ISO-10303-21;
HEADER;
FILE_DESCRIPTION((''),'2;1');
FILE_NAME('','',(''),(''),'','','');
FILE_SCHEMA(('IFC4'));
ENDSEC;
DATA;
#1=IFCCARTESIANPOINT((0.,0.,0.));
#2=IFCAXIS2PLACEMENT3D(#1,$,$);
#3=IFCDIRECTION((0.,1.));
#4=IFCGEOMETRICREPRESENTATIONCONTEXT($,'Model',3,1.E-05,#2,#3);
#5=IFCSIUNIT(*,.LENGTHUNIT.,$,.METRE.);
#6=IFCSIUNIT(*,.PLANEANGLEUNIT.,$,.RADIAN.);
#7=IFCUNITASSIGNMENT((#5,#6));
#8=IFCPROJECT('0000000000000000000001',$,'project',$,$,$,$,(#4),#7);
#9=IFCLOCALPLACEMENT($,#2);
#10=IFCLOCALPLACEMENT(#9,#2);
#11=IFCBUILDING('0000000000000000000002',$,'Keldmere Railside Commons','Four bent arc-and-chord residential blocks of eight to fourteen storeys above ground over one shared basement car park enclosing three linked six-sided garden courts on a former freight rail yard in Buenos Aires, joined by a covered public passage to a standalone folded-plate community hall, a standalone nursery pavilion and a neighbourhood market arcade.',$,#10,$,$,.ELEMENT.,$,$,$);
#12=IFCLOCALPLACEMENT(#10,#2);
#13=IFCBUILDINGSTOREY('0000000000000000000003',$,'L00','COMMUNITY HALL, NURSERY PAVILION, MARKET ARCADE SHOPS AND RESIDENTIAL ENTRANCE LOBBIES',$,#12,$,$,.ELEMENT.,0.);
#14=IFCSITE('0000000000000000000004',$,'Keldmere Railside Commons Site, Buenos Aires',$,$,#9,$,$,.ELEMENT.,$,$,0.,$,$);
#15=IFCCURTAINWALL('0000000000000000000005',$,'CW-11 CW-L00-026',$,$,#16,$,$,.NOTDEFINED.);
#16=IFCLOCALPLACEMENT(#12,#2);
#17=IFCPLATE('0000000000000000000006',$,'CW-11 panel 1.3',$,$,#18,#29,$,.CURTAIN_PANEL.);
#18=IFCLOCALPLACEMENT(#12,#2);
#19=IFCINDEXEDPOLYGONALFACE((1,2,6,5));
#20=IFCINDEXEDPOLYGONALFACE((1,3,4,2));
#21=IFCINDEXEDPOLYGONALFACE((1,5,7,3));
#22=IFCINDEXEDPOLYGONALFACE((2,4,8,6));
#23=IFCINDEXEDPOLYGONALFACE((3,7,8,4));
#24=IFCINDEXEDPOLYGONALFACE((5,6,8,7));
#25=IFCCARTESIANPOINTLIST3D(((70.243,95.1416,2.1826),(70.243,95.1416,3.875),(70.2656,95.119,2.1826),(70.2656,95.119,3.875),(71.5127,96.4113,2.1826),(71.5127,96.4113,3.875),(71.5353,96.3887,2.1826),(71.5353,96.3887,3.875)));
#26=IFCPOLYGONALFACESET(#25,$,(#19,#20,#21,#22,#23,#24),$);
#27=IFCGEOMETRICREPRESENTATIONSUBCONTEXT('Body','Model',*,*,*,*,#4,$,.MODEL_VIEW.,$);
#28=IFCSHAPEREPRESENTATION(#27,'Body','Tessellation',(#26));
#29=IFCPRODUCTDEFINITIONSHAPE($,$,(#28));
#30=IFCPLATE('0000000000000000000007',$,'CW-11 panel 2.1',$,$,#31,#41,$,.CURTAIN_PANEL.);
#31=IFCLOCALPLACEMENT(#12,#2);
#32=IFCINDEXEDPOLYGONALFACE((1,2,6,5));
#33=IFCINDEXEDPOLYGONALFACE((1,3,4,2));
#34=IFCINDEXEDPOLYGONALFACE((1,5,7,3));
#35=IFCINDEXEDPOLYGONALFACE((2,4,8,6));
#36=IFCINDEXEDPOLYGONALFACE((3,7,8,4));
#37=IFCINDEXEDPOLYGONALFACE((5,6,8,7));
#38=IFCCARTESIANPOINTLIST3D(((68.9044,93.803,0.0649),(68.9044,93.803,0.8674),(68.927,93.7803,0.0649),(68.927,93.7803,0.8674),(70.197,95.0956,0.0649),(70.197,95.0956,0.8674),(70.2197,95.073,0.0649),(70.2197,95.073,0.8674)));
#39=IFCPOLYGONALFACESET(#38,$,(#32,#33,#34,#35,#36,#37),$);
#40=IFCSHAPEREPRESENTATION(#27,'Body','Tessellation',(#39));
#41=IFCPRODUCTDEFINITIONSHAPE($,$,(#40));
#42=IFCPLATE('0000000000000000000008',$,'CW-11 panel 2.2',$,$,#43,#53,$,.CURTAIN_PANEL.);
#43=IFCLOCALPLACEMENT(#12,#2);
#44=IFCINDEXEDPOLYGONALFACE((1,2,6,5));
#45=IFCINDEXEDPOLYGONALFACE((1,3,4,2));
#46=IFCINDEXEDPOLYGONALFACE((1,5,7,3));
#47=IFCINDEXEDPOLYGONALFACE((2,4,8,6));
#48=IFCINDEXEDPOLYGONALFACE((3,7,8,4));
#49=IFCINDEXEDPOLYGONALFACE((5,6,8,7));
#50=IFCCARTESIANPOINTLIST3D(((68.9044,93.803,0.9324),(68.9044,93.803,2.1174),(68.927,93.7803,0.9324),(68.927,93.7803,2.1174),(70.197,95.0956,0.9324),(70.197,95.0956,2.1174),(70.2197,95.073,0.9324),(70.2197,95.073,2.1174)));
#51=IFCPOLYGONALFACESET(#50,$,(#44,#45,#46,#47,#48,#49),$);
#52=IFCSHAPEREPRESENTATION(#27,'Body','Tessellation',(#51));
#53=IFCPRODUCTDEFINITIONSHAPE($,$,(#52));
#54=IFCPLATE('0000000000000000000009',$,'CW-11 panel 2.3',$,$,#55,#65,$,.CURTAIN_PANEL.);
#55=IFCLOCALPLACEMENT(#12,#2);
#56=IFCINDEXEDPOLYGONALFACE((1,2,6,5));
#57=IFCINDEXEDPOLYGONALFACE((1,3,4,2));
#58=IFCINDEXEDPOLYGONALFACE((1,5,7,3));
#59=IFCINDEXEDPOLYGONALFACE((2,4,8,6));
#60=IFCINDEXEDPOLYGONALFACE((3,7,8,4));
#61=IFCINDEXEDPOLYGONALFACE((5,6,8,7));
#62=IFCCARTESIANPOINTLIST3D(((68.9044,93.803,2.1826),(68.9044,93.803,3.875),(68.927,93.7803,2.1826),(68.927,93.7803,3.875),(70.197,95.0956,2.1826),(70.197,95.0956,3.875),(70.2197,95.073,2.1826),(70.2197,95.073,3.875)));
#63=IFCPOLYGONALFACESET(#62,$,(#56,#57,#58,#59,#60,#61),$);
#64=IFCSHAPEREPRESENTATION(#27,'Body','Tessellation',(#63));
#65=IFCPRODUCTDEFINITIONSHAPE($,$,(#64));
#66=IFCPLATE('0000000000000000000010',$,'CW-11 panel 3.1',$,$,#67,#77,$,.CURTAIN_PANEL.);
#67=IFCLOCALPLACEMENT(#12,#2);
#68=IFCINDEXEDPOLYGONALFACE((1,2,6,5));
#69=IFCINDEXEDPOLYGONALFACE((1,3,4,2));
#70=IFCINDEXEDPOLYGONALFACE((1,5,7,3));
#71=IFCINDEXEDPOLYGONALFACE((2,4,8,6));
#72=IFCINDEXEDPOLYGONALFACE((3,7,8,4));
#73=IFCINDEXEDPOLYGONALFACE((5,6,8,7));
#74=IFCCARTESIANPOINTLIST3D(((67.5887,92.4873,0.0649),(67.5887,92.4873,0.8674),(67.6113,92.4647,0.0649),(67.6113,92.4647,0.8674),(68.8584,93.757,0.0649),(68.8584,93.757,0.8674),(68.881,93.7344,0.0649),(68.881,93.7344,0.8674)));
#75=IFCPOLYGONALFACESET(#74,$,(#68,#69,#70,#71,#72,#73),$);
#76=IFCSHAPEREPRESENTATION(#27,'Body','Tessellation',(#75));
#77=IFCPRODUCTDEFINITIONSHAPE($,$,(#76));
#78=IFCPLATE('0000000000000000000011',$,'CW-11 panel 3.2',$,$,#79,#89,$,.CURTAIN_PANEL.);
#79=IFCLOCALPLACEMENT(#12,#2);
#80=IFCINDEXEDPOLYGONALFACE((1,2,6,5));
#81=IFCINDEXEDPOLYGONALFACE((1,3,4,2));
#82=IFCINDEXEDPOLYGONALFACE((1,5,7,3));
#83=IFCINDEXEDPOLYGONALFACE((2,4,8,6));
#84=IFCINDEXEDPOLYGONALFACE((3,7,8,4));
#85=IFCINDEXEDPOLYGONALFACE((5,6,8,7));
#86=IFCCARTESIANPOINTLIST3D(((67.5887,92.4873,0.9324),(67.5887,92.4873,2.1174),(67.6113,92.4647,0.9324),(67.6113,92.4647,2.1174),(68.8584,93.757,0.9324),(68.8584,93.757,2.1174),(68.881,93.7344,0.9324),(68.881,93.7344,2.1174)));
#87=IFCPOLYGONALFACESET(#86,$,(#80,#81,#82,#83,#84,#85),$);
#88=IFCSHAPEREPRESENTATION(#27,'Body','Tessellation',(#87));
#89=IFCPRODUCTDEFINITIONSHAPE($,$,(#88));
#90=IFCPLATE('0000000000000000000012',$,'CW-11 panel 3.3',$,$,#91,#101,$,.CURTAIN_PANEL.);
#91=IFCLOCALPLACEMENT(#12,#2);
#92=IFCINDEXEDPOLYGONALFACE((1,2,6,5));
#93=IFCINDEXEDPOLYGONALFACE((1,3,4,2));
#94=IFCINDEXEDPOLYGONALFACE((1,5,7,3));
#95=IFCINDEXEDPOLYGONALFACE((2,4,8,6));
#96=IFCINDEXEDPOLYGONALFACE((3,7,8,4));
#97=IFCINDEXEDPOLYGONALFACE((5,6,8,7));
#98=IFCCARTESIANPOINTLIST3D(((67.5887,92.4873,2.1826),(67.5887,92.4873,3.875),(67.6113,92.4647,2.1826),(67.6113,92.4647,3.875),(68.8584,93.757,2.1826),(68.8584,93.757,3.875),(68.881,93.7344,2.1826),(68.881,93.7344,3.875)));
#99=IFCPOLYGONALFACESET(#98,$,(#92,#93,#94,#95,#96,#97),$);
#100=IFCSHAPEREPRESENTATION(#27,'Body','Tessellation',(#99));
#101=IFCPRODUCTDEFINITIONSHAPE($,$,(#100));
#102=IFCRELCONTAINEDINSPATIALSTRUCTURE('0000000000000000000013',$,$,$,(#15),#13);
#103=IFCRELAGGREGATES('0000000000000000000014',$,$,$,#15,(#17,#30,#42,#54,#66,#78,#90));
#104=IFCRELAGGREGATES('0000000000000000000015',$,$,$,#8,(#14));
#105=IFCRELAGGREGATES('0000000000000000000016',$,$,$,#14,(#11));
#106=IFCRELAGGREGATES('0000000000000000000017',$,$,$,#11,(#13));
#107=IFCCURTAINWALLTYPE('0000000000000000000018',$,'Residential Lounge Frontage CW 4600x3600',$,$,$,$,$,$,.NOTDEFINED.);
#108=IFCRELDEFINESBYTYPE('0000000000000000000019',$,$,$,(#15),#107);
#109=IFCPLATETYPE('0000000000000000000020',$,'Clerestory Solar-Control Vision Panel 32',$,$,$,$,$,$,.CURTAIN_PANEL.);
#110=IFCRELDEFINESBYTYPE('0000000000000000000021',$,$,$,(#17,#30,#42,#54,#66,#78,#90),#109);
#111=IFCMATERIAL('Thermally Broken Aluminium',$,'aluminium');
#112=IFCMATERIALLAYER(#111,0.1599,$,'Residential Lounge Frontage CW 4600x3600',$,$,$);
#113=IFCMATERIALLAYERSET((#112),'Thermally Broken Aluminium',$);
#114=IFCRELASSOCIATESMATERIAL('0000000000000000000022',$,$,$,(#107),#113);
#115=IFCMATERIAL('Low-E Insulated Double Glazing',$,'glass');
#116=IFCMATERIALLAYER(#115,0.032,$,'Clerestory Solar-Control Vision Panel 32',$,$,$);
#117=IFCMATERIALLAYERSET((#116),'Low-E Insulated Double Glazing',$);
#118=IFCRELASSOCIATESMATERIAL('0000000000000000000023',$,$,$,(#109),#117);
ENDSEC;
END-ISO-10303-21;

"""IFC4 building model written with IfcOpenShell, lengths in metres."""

from ifc_helpers import new_model, si_unit, direction, frame, origin, origin_2d, place, context, subcontext, project, spatial, rectangle, extrude, material, layer, layer_set, type_object, element, aggregate, save


model = new_model("IFC4")

# Units and contexts
model_context = context("Model", 3, precision=1e-05, world=origin(), true_north=direction((0.0, 1.0)))
body_context = subcontext(model_context, "Body", "Model", "MODEL_VIEW")
ifc_project = project(units=[si_unit("LENGTHUNIT", "METRE"), si_unit("PLANEANGLEUNIT", "RADIAN")], contexts=[model_context])

# Site, building, storey
site_placement = place(None, origin())
site = spatial("IfcSite", under=ifc_project, at=site_placement, Name="Keldmere Railside Commons Site, Buenos Aires", CompositionType="ELEMENT", RefElevation=0.0)
building_placement = place(site_placement, origin())
building = spatial("IfcBuilding", under=site, at=building_placement, Name="Keldmere Railside Commons", Description="Four bent arc-and-chord residential blocks of eight to fourteen storeys above ground over one shared basement car park enclosing three linked six-sided garden courts on a former freight rail yard in Buenos Aires, joined by a covered public passage to a standalone folded-plate community hall, a standalone nursery pavilion and a neighbourhood market arcade.", CompositionType="ELEMENT")
storey_placement = place(building_placement, origin())
storey = spatial("IfcBuildingStorey", under=building, at=storey_placement, Name="L00", Description="COMMUNITY HALL, NURSERY PAVILION, MARKET ARCADE SHOPS AND RESIDENTIAL ENTRANCE LOBBIES", CompositionType="ELEMENT", Elevation=0.0)

# Curtain wall
ifc_material_1 = material(Name="Thermally Broken Aluminium", Category="aluminium")
ifc_layer_1 = layer(ifc_material_1, 0.1599, Name="Residential Lounge Frontage CW 4600x3600")
ifc_layer_set_1 = layer_set([ifc_layer_1], Name="Thermally Broken Aluminium")
curtain_wall_type_1 = type_object("IfcCurtainWallType", Name="Residential Lounge Frontage CW 4600x3600", PredefinedType="NOTDEFINED", material=ifc_layer_set_1)
curtain_wall_1_placement = place(storey_placement, origin())
curtain_wall_1 = element("IfcCurtainWall", 1, at=curtain_wall_1_placement, inside=storey, type_object=curtain_wall_type_1, Name="CW-11 CW-L00-026", PredefinedType="NOTDEFINED")

# Plates
ifc_material_2 = material(Name="Low-E Insulated Double Glazing", Category="glass")
ifc_layer_2 = layer(ifc_material_2, 0.032, Name="Clerestory Solar-Control Vision Panel 32")
ifc_layer_set_2 = layer_set([ifc_layer_2], Name="Low-E Insulated Double Glazing")
plate_type_1 = type_object("IfcPlateType", Name="Clerestory Solar-Control Vision Panel 32", PredefinedType="CURTAIN_PANEL", material=ifc_layer_set_2)
plate_1_placement = place(storey_placement, frame((70.8892, 95.7651, 2.1826), z_axis=(0.0, 0.0, 1.0), x_axis=(-0.707107, -0.707107, 0.0)))
plate_1 = element("IfcPlate", 2, at=plate_1_placement, type_object=plate_type_1, Name="CW-11 panel 1.3", PredefinedType="CURTAIN_PANEL", context=body_context, shape_type="SweptSolid", body=[
    extrude(rectangle(XDim=1.7957, YDim=0.032, at=origin_2d()), origin(), (0.0, 0.0, 1.0), 1.6924),
])
plate_2_placement = place(storey_placement, frame((69.562, 94.438, 0.0649), z_axis=(0.0, 0.0, 1.0), x_axis=(-0.707107, -0.707107, 0.0)))
plate_2 = element("IfcPlate", 3, at=plate_2_placement, type_object=plate_type_1, Name="CW-11 panel 2.1", PredefinedType="CURTAIN_PANEL", context=body_context, shape_type="SweptSolid", body=[
    extrude(rectangle(XDim=1.8281, YDim=0.032, at=origin_2d()), origin(), (0.0, 0.0, 1.0), 0.8025),
])
plate_3_placement = place(storey_placement, frame((69.562, 94.438, 0.9324), z_axis=(0.0, 0.0, 1.0), x_axis=(-0.707107, -0.707107, 0.0)))
plate_3 = element("IfcPlate", 4, at=plate_3_placement, type_object=plate_type_1, Name="CW-11 panel 2.2", PredefinedType="CURTAIN_PANEL", context=body_context, shape_type="SweptSolid", body=[
    extrude(rectangle(XDim=1.8281, YDim=0.032, at=origin_2d()), origin(), (0.0, 0.0, 1.0), 1.1851),
])
plate_4_placement = place(storey_placement, frame((69.562, 94.438, 2.1826), z_axis=(0.0, 0.0, 1.0), x_axis=(-0.707107, -0.707107, 0.0)))
plate_4 = element("IfcPlate", 5, at=plate_4_placement, type_object=plate_type_1, Name="CW-11 panel 2.3", PredefinedType="CURTAIN_PANEL", context=body_context, shape_type="SweptSolid", body=[
    extrude(rectangle(XDim=1.8281, YDim=0.032, at=origin_2d()), origin(), (0.0, 0.0, 1.0), 1.6924),
])
plate_5_placement = place(storey_placement, frame((68.2349, 93.1108, 0.0649), z_axis=(0.0, 0.0, 1.0), x_axis=(-0.707107, -0.707107, 0.0)))
plate_5 = element("IfcPlate", 6, at=plate_5_placement, type_object=plate_type_1, Name="CW-11 panel 3.1", PredefinedType="CURTAIN_PANEL", context=body_context, shape_type="SweptSolid", body=[
    extrude(rectangle(XDim=1.7957, YDim=0.032, at=origin_2d()), origin(), (0.0, 0.0, 1.0), 0.8025),
])
plate_6_placement = place(storey_placement, frame((68.2349, 93.1108, 0.9324), z_axis=(0.0, 0.0, 1.0), x_axis=(-0.707107, -0.707107, 0.0)))
plate_6 = element("IfcPlate", 7, at=plate_6_placement, type_object=plate_type_1, Name="CW-11 panel 3.2", PredefinedType="CURTAIN_PANEL", context=body_context, shape_type="SweptSolid", body=[
    extrude(rectangle(XDim=1.7957, YDim=0.032, at=origin_2d()), origin(), (0.0, 0.0, 1.0), 1.1851),
])
plate_7_placement = place(storey_placement, frame((68.2349, 93.1108, 2.1826), z_axis=(0.0, 0.0, 1.0), x_axis=(-0.707107, -0.707107, 0.0)))
plate_7 = element("IfcPlate", 8, at=plate_7_placement, type_object=plate_type_1, Name="CW-11 panel 3.3", PredefinedType="CURTAIN_PANEL", context=body_context, shape_type="SweptSolid", body=[
    extrude(rectangle(XDim=1.7957, YDim=0.032, at=origin_2d()), origin(), (0.0, 0.0, 1.0), 1.6924),
])
aggregate(curtain_wall_1, [plate_1, plate_2, plate_3, plate_4, plate_5, plate_6, plate_7])

save(model, "model.ifc")
